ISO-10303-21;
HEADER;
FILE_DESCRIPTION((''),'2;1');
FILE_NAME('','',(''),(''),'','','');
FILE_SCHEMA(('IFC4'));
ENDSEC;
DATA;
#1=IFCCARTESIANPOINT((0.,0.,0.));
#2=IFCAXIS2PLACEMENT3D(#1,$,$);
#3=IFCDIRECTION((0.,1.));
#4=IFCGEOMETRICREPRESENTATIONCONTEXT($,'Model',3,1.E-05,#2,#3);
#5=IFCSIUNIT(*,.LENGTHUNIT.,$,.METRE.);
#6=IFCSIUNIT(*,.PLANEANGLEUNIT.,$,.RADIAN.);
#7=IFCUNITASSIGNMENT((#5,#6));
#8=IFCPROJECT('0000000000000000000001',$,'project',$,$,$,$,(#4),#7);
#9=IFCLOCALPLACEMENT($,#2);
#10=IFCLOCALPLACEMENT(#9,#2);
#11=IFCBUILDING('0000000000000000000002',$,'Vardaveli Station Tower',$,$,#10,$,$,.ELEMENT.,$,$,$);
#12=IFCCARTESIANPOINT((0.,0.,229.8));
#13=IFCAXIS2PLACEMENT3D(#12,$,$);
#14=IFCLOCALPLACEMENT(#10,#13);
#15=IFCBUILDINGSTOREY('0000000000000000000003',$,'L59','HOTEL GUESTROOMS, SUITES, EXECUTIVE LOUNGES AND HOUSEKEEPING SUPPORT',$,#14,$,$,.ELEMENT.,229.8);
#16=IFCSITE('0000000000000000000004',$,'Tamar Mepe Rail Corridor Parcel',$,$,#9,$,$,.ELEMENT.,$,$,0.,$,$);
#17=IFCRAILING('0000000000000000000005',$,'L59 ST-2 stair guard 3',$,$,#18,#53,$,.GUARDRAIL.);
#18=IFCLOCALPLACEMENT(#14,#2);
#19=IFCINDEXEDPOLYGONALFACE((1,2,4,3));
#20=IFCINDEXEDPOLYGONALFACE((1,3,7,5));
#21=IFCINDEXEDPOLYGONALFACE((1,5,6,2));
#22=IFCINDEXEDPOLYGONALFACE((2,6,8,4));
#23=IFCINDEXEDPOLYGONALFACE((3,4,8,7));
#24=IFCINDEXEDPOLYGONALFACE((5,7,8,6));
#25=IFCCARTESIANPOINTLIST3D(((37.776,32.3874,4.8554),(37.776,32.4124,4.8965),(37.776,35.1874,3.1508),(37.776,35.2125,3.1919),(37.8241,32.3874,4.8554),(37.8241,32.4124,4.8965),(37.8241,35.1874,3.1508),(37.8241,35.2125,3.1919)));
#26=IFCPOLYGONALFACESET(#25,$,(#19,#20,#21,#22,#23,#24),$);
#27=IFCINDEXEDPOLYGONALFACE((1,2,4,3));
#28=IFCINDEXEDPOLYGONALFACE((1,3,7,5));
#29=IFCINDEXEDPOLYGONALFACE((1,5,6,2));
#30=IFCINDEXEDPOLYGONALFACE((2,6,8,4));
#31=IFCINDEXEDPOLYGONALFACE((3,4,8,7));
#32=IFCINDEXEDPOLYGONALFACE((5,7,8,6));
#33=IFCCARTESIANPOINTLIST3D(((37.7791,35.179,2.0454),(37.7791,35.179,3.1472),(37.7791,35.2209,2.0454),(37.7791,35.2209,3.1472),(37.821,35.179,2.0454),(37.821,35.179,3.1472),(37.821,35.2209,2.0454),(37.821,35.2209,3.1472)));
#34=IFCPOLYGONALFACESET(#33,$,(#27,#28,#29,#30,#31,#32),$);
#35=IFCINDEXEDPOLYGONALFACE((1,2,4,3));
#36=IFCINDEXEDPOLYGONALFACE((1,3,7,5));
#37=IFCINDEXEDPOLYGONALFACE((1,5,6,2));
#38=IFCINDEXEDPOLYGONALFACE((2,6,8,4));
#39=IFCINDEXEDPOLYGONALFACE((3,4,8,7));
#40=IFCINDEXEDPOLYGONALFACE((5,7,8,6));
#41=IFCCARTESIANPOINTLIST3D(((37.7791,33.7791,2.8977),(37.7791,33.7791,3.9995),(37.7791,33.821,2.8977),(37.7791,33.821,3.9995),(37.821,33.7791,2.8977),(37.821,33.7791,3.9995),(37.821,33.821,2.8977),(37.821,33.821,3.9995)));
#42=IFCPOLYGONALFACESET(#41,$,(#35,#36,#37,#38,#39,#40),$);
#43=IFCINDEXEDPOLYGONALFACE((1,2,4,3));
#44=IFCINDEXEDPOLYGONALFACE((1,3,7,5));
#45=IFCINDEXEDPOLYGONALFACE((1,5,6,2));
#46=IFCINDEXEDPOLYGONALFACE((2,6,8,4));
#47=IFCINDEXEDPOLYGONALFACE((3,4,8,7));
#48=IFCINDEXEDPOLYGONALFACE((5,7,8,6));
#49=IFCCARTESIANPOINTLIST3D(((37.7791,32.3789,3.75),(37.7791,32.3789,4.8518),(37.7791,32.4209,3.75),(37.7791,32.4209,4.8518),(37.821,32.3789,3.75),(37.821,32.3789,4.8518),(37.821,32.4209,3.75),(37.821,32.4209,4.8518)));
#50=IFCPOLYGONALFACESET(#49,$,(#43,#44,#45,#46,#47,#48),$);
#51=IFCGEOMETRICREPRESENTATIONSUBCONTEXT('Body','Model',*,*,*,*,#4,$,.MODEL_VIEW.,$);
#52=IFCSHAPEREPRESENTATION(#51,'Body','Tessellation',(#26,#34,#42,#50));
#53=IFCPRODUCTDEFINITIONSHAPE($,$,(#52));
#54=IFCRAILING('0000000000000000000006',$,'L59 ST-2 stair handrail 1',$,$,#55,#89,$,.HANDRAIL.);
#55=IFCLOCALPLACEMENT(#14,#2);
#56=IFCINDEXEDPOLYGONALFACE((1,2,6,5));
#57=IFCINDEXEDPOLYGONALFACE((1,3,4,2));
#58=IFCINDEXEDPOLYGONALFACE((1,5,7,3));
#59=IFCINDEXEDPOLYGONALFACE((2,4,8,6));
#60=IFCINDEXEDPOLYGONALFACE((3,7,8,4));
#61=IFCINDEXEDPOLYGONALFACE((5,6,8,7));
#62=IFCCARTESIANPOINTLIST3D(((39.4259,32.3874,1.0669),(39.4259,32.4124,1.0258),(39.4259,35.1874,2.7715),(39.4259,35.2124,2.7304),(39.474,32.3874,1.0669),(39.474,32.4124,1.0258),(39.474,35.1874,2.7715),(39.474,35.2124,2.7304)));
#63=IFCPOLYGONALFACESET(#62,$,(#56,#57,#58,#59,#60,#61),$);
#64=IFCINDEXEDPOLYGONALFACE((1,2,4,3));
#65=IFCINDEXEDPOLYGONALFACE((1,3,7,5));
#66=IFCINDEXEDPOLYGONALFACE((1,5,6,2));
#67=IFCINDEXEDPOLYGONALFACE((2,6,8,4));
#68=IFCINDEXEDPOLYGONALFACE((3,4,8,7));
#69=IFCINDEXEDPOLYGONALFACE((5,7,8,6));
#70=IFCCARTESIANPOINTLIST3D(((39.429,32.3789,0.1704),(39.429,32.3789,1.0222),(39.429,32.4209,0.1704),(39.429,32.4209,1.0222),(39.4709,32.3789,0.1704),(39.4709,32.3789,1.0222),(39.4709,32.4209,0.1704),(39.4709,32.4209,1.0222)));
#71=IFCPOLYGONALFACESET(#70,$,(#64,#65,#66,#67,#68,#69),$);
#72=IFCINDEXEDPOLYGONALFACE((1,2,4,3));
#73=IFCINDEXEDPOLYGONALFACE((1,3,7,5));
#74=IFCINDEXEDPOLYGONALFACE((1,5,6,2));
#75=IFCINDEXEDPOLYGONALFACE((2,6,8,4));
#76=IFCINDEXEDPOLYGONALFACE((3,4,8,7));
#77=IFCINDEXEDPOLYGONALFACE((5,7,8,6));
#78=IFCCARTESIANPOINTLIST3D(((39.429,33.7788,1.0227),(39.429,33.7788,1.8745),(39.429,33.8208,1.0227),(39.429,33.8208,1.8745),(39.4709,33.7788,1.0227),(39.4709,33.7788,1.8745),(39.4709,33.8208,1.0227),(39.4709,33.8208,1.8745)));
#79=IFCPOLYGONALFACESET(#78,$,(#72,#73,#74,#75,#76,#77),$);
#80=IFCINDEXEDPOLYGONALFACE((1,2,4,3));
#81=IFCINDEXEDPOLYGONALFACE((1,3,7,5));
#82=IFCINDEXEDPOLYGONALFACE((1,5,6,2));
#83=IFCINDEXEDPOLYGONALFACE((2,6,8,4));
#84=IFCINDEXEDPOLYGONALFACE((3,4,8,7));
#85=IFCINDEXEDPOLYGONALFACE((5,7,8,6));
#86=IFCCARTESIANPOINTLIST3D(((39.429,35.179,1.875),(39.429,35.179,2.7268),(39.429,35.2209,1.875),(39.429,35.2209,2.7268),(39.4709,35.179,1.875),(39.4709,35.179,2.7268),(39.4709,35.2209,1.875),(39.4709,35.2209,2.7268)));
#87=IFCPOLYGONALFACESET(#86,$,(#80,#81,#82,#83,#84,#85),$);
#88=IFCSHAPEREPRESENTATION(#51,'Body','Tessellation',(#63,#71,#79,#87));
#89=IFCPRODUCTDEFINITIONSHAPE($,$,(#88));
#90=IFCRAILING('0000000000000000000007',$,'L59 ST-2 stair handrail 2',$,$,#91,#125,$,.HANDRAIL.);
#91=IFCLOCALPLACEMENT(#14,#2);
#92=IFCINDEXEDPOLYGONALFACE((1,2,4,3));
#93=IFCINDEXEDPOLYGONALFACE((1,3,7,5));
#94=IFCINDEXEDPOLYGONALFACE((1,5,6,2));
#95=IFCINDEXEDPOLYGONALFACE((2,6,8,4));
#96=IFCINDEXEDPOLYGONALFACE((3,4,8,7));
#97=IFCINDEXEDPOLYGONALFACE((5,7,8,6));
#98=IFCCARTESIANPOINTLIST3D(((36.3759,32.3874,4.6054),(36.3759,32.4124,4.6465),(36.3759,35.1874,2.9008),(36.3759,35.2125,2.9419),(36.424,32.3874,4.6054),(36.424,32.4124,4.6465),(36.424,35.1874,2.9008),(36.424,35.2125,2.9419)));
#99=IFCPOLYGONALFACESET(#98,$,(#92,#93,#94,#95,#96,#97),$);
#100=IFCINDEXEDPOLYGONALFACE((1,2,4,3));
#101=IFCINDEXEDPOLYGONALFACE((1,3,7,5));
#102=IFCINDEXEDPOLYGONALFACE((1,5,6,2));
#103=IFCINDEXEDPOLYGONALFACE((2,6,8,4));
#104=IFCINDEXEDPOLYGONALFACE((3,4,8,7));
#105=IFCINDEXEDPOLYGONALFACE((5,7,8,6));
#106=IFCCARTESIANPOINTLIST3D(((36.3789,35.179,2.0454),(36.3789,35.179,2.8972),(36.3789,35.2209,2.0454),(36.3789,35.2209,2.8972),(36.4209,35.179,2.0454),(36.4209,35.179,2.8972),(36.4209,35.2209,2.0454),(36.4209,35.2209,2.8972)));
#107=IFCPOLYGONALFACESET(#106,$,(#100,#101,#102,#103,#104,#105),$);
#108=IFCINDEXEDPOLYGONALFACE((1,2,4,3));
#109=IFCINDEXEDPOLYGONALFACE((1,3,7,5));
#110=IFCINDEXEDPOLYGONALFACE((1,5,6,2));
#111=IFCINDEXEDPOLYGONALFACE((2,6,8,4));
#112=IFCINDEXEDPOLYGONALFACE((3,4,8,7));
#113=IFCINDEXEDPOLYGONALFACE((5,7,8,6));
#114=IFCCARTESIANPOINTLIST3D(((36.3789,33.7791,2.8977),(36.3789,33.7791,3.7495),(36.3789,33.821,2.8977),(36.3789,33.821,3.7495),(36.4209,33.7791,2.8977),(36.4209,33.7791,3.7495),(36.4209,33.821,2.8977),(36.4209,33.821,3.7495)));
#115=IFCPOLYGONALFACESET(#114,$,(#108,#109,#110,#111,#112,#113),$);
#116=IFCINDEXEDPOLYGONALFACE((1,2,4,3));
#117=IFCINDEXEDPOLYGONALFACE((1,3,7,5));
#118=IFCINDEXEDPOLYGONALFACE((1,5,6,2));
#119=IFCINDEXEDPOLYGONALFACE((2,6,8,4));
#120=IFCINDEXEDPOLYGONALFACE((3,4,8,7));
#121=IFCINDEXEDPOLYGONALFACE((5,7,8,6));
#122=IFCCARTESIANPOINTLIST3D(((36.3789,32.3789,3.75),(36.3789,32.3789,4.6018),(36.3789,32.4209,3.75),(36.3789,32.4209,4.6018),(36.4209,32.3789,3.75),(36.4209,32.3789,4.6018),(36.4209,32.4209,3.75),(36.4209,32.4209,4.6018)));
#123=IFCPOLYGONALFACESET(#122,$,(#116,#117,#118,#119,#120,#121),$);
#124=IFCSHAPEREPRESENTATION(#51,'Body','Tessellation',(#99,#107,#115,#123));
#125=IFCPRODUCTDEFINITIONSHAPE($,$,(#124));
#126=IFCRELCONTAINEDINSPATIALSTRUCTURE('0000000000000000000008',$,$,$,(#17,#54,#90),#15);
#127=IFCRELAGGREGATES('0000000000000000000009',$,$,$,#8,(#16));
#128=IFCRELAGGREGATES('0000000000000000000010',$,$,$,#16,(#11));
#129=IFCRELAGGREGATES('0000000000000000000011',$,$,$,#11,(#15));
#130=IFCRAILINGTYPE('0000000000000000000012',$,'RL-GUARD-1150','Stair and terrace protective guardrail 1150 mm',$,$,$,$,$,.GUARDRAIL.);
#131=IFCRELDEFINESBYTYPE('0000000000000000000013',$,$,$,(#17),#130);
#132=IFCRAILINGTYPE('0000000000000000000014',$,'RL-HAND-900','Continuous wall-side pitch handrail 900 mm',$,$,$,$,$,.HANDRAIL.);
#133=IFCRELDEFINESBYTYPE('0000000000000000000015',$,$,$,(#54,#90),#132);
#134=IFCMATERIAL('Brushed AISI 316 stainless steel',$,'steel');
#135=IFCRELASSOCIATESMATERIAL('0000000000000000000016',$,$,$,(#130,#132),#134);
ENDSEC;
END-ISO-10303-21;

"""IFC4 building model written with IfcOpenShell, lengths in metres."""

from ifc_helpers import new_model, si_unit, direction, frame, origin, origin_2d, place, context, subcontext, project, spatial, rectangle, extrude, source, transform, mapped, material, type_object, element, save


model = new_model("IFC4")

# Units and contexts
model_context = context("Model", 3, precision=1e-05, world=origin(), true_north=direction((0.0, 1.0)))
body_context = subcontext(model_context, "Body", "Model", "MODEL_VIEW")
ifc_project = project(units=[si_unit("LENGTHUNIT", "METRE"), si_unit("PLANEANGLEUNIT", "RADIAN")], contexts=[model_context])

# Site, building, storey
site_placement = place(None, origin())
site = spatial("IfcSite", under=ifc_project, at=site_placement, Name="Tamar Mepe Rail Corridor Parcel", CompositionType="ELEMENT", RefElevation=0.0)
building_placement = place(site_placement, origin())
building = spatial("IfcBuilding", under=site, at=building_placement, Name="Vardaveli Station Tower", CompositionType="ELEMENT")
storey_placement = place(building_placement, frame((0.0, 0.0, 229.8)))
storey = spatial("IfcBuildingStorey", under=building, at=storey_placement, Name="L59", Description="HOTEL GUESTROOMS, SUITES, EXECUTIVE LOUNGES AND HOUSEKEEPING SUPPORT", CompositionType="ELEMENT", Elevation=229.8)

# Railings
ifc_material_1 = material(Name="Brushed AISI 316 stainless steel", Category="steel")
railing_type_1 = type_object("IfcRailingType", Name="RL-GUARD-1150", Description="Stair and terrace protective guardrail 1150 mm", PredefinedType="GUARDRAIL", material=ifc_material_1)
shared_shape_1 = source(origin(), body_context, "Body", "SweptSolid", [
    extrude(rectangle(XDim=0.0481, YDim=0.0481, at=origin_2d()), frame((0.0, 0.0, 1.126), z_axis=(0.0, -0.85417, 0.519994), x_axis=(1.0, 0.0, 0.0)), (0.0, 0.0, 1.0), 3.2781),
    extrude(rectangle(XDim=0.042, YDim=0.042, at=origin_2d()), origin(), (0.0, 0.0, 1.0), 1.1018),
    extrude(rectangle(XDim=0.042, YDim=0.042, at=origin_2d()), frame((0.0, -1.3999, 0.8523)), (0.0, 0.0, 1.0), 1.1018),
    extrude(rectangle(XDim=0.042, YDim=0.042, at=origin_2d()), frame((0.0, -2.8, 1.7046)), (0.0, 0.0, 1.0), 1.1018),
])
railing_1_placement = place(storey_placement, frame((37.8, 35.2, 2.0454)))
element("IfcRailing", 1, at=railing_1_placement, inside=storey, type_object=railing_type_1, Name="L59 ST-2 stair guard 3", PredefinedType="GUARDRAIL", context=body_context, shape_type="MappedRepresentation", body=[
    mapped(shared_shape_1, transform((0.0, 0.0, 0.0), scale=1.0)),
])
railing_type_2 = type_object("IfcRailingType", Name="RL-HAND-900", Description="Continuous wall-side pitch handrail 900 mm", PredefinedType="HANDRAIL", material=ifc_material_1)
shared_shape_2 = source(origin(), body_context, "Body", "SweptSolid", [
    extrude(rectangle(XDim=0.0481, YDim=0.0481, at=origin_2d()), frame((0.0, 0.0, 0.876), z_axis=(0.0, 0.85417, 0.519994), x_axis=(-1.0, 0.0, 0.0)), (0.0, 0.0, 1.0), 3.2781),
    extrude(rectangle(XDim=0.042, YDim=0.042, at=origin_2d()), origin(), (0.0, 0.0, 1.0), 0.8518),
    extrude(rectangle(XDim=0.042, YDim=0.042, at=origin_2d()), frame((0.0, 1.3999, 0.8523)), (0.0, 0.0, 1.0), 0.8518),
    extrude(rectangle(XDim=0.042, YDim=0.042, at=origin_2d()), frame((0.0, 2.8, 1.7046)), (0.0, 0.0, 1.0), 0.8518),
])
railing_2_placement = place(storey_placement, frame((39.45, 32.3999, 0.1704)))
element("IfcRailing", 2, at=railing_2_placement, inside=storey, type_object=railing_type_2, Name="L59 ST-2 stair handrail 1", PredefinedType="HANDRAIL", context=body_context, shape_type="MappedRepresentation", body=[
    mapped(shared_shape_2, transform((0.0, 0.0, 0.0), scale=1.0)),
])
shared_shape_3 = source(origin(), body_context, "Body", "SweptSolid", [
    extrude(rectangle(XDim=0.0481, YDim=0.0481, at=origin_2d()), frame((0.0, 0.0, 0.876), z_axis=(0.0, -0.85417, 0.519994), x_axis=(1.0, 0.0, 0.0)), (0.0, 0.0, 1.0), 3.2781),
    extrude(rectangle(XDim=0.042, YDim=0.042, at=origin_2d()), origin(), (0.0, 0.0, 1.0), 0.8518),
    extrude(rectangle(XDim=0.042, YDim=0.042, at=origin_2d()), frame((0.0, -1.3999, 0.8523)), (0.0, 0.0, 1.0), 0.8518),
    extrude(rectangle(XDim=0.042, YDim=0.042, at=origin_2d()), frame((0.0, -2.8, 1.7046)), (0.0, 0.0, 1.0), 0.8518),
])
railing_3_placement = place(storey_placement, frame((36.3999, 35.2, 2.0454)))
element("IfcRailing", 3, at=railing_3_placement, inside=storey, type_object=railing_type_2, Name="L59 ST-2 stair handrail 2", PredefinedType="HANDRAIL", context=body_context, shape_type="MappedRepresentation", body=[
    mapped(shared_shape_3, transform((0.0, 0.0, 0.0), scale=1.0)),
])

save(model, "model.ifc")
